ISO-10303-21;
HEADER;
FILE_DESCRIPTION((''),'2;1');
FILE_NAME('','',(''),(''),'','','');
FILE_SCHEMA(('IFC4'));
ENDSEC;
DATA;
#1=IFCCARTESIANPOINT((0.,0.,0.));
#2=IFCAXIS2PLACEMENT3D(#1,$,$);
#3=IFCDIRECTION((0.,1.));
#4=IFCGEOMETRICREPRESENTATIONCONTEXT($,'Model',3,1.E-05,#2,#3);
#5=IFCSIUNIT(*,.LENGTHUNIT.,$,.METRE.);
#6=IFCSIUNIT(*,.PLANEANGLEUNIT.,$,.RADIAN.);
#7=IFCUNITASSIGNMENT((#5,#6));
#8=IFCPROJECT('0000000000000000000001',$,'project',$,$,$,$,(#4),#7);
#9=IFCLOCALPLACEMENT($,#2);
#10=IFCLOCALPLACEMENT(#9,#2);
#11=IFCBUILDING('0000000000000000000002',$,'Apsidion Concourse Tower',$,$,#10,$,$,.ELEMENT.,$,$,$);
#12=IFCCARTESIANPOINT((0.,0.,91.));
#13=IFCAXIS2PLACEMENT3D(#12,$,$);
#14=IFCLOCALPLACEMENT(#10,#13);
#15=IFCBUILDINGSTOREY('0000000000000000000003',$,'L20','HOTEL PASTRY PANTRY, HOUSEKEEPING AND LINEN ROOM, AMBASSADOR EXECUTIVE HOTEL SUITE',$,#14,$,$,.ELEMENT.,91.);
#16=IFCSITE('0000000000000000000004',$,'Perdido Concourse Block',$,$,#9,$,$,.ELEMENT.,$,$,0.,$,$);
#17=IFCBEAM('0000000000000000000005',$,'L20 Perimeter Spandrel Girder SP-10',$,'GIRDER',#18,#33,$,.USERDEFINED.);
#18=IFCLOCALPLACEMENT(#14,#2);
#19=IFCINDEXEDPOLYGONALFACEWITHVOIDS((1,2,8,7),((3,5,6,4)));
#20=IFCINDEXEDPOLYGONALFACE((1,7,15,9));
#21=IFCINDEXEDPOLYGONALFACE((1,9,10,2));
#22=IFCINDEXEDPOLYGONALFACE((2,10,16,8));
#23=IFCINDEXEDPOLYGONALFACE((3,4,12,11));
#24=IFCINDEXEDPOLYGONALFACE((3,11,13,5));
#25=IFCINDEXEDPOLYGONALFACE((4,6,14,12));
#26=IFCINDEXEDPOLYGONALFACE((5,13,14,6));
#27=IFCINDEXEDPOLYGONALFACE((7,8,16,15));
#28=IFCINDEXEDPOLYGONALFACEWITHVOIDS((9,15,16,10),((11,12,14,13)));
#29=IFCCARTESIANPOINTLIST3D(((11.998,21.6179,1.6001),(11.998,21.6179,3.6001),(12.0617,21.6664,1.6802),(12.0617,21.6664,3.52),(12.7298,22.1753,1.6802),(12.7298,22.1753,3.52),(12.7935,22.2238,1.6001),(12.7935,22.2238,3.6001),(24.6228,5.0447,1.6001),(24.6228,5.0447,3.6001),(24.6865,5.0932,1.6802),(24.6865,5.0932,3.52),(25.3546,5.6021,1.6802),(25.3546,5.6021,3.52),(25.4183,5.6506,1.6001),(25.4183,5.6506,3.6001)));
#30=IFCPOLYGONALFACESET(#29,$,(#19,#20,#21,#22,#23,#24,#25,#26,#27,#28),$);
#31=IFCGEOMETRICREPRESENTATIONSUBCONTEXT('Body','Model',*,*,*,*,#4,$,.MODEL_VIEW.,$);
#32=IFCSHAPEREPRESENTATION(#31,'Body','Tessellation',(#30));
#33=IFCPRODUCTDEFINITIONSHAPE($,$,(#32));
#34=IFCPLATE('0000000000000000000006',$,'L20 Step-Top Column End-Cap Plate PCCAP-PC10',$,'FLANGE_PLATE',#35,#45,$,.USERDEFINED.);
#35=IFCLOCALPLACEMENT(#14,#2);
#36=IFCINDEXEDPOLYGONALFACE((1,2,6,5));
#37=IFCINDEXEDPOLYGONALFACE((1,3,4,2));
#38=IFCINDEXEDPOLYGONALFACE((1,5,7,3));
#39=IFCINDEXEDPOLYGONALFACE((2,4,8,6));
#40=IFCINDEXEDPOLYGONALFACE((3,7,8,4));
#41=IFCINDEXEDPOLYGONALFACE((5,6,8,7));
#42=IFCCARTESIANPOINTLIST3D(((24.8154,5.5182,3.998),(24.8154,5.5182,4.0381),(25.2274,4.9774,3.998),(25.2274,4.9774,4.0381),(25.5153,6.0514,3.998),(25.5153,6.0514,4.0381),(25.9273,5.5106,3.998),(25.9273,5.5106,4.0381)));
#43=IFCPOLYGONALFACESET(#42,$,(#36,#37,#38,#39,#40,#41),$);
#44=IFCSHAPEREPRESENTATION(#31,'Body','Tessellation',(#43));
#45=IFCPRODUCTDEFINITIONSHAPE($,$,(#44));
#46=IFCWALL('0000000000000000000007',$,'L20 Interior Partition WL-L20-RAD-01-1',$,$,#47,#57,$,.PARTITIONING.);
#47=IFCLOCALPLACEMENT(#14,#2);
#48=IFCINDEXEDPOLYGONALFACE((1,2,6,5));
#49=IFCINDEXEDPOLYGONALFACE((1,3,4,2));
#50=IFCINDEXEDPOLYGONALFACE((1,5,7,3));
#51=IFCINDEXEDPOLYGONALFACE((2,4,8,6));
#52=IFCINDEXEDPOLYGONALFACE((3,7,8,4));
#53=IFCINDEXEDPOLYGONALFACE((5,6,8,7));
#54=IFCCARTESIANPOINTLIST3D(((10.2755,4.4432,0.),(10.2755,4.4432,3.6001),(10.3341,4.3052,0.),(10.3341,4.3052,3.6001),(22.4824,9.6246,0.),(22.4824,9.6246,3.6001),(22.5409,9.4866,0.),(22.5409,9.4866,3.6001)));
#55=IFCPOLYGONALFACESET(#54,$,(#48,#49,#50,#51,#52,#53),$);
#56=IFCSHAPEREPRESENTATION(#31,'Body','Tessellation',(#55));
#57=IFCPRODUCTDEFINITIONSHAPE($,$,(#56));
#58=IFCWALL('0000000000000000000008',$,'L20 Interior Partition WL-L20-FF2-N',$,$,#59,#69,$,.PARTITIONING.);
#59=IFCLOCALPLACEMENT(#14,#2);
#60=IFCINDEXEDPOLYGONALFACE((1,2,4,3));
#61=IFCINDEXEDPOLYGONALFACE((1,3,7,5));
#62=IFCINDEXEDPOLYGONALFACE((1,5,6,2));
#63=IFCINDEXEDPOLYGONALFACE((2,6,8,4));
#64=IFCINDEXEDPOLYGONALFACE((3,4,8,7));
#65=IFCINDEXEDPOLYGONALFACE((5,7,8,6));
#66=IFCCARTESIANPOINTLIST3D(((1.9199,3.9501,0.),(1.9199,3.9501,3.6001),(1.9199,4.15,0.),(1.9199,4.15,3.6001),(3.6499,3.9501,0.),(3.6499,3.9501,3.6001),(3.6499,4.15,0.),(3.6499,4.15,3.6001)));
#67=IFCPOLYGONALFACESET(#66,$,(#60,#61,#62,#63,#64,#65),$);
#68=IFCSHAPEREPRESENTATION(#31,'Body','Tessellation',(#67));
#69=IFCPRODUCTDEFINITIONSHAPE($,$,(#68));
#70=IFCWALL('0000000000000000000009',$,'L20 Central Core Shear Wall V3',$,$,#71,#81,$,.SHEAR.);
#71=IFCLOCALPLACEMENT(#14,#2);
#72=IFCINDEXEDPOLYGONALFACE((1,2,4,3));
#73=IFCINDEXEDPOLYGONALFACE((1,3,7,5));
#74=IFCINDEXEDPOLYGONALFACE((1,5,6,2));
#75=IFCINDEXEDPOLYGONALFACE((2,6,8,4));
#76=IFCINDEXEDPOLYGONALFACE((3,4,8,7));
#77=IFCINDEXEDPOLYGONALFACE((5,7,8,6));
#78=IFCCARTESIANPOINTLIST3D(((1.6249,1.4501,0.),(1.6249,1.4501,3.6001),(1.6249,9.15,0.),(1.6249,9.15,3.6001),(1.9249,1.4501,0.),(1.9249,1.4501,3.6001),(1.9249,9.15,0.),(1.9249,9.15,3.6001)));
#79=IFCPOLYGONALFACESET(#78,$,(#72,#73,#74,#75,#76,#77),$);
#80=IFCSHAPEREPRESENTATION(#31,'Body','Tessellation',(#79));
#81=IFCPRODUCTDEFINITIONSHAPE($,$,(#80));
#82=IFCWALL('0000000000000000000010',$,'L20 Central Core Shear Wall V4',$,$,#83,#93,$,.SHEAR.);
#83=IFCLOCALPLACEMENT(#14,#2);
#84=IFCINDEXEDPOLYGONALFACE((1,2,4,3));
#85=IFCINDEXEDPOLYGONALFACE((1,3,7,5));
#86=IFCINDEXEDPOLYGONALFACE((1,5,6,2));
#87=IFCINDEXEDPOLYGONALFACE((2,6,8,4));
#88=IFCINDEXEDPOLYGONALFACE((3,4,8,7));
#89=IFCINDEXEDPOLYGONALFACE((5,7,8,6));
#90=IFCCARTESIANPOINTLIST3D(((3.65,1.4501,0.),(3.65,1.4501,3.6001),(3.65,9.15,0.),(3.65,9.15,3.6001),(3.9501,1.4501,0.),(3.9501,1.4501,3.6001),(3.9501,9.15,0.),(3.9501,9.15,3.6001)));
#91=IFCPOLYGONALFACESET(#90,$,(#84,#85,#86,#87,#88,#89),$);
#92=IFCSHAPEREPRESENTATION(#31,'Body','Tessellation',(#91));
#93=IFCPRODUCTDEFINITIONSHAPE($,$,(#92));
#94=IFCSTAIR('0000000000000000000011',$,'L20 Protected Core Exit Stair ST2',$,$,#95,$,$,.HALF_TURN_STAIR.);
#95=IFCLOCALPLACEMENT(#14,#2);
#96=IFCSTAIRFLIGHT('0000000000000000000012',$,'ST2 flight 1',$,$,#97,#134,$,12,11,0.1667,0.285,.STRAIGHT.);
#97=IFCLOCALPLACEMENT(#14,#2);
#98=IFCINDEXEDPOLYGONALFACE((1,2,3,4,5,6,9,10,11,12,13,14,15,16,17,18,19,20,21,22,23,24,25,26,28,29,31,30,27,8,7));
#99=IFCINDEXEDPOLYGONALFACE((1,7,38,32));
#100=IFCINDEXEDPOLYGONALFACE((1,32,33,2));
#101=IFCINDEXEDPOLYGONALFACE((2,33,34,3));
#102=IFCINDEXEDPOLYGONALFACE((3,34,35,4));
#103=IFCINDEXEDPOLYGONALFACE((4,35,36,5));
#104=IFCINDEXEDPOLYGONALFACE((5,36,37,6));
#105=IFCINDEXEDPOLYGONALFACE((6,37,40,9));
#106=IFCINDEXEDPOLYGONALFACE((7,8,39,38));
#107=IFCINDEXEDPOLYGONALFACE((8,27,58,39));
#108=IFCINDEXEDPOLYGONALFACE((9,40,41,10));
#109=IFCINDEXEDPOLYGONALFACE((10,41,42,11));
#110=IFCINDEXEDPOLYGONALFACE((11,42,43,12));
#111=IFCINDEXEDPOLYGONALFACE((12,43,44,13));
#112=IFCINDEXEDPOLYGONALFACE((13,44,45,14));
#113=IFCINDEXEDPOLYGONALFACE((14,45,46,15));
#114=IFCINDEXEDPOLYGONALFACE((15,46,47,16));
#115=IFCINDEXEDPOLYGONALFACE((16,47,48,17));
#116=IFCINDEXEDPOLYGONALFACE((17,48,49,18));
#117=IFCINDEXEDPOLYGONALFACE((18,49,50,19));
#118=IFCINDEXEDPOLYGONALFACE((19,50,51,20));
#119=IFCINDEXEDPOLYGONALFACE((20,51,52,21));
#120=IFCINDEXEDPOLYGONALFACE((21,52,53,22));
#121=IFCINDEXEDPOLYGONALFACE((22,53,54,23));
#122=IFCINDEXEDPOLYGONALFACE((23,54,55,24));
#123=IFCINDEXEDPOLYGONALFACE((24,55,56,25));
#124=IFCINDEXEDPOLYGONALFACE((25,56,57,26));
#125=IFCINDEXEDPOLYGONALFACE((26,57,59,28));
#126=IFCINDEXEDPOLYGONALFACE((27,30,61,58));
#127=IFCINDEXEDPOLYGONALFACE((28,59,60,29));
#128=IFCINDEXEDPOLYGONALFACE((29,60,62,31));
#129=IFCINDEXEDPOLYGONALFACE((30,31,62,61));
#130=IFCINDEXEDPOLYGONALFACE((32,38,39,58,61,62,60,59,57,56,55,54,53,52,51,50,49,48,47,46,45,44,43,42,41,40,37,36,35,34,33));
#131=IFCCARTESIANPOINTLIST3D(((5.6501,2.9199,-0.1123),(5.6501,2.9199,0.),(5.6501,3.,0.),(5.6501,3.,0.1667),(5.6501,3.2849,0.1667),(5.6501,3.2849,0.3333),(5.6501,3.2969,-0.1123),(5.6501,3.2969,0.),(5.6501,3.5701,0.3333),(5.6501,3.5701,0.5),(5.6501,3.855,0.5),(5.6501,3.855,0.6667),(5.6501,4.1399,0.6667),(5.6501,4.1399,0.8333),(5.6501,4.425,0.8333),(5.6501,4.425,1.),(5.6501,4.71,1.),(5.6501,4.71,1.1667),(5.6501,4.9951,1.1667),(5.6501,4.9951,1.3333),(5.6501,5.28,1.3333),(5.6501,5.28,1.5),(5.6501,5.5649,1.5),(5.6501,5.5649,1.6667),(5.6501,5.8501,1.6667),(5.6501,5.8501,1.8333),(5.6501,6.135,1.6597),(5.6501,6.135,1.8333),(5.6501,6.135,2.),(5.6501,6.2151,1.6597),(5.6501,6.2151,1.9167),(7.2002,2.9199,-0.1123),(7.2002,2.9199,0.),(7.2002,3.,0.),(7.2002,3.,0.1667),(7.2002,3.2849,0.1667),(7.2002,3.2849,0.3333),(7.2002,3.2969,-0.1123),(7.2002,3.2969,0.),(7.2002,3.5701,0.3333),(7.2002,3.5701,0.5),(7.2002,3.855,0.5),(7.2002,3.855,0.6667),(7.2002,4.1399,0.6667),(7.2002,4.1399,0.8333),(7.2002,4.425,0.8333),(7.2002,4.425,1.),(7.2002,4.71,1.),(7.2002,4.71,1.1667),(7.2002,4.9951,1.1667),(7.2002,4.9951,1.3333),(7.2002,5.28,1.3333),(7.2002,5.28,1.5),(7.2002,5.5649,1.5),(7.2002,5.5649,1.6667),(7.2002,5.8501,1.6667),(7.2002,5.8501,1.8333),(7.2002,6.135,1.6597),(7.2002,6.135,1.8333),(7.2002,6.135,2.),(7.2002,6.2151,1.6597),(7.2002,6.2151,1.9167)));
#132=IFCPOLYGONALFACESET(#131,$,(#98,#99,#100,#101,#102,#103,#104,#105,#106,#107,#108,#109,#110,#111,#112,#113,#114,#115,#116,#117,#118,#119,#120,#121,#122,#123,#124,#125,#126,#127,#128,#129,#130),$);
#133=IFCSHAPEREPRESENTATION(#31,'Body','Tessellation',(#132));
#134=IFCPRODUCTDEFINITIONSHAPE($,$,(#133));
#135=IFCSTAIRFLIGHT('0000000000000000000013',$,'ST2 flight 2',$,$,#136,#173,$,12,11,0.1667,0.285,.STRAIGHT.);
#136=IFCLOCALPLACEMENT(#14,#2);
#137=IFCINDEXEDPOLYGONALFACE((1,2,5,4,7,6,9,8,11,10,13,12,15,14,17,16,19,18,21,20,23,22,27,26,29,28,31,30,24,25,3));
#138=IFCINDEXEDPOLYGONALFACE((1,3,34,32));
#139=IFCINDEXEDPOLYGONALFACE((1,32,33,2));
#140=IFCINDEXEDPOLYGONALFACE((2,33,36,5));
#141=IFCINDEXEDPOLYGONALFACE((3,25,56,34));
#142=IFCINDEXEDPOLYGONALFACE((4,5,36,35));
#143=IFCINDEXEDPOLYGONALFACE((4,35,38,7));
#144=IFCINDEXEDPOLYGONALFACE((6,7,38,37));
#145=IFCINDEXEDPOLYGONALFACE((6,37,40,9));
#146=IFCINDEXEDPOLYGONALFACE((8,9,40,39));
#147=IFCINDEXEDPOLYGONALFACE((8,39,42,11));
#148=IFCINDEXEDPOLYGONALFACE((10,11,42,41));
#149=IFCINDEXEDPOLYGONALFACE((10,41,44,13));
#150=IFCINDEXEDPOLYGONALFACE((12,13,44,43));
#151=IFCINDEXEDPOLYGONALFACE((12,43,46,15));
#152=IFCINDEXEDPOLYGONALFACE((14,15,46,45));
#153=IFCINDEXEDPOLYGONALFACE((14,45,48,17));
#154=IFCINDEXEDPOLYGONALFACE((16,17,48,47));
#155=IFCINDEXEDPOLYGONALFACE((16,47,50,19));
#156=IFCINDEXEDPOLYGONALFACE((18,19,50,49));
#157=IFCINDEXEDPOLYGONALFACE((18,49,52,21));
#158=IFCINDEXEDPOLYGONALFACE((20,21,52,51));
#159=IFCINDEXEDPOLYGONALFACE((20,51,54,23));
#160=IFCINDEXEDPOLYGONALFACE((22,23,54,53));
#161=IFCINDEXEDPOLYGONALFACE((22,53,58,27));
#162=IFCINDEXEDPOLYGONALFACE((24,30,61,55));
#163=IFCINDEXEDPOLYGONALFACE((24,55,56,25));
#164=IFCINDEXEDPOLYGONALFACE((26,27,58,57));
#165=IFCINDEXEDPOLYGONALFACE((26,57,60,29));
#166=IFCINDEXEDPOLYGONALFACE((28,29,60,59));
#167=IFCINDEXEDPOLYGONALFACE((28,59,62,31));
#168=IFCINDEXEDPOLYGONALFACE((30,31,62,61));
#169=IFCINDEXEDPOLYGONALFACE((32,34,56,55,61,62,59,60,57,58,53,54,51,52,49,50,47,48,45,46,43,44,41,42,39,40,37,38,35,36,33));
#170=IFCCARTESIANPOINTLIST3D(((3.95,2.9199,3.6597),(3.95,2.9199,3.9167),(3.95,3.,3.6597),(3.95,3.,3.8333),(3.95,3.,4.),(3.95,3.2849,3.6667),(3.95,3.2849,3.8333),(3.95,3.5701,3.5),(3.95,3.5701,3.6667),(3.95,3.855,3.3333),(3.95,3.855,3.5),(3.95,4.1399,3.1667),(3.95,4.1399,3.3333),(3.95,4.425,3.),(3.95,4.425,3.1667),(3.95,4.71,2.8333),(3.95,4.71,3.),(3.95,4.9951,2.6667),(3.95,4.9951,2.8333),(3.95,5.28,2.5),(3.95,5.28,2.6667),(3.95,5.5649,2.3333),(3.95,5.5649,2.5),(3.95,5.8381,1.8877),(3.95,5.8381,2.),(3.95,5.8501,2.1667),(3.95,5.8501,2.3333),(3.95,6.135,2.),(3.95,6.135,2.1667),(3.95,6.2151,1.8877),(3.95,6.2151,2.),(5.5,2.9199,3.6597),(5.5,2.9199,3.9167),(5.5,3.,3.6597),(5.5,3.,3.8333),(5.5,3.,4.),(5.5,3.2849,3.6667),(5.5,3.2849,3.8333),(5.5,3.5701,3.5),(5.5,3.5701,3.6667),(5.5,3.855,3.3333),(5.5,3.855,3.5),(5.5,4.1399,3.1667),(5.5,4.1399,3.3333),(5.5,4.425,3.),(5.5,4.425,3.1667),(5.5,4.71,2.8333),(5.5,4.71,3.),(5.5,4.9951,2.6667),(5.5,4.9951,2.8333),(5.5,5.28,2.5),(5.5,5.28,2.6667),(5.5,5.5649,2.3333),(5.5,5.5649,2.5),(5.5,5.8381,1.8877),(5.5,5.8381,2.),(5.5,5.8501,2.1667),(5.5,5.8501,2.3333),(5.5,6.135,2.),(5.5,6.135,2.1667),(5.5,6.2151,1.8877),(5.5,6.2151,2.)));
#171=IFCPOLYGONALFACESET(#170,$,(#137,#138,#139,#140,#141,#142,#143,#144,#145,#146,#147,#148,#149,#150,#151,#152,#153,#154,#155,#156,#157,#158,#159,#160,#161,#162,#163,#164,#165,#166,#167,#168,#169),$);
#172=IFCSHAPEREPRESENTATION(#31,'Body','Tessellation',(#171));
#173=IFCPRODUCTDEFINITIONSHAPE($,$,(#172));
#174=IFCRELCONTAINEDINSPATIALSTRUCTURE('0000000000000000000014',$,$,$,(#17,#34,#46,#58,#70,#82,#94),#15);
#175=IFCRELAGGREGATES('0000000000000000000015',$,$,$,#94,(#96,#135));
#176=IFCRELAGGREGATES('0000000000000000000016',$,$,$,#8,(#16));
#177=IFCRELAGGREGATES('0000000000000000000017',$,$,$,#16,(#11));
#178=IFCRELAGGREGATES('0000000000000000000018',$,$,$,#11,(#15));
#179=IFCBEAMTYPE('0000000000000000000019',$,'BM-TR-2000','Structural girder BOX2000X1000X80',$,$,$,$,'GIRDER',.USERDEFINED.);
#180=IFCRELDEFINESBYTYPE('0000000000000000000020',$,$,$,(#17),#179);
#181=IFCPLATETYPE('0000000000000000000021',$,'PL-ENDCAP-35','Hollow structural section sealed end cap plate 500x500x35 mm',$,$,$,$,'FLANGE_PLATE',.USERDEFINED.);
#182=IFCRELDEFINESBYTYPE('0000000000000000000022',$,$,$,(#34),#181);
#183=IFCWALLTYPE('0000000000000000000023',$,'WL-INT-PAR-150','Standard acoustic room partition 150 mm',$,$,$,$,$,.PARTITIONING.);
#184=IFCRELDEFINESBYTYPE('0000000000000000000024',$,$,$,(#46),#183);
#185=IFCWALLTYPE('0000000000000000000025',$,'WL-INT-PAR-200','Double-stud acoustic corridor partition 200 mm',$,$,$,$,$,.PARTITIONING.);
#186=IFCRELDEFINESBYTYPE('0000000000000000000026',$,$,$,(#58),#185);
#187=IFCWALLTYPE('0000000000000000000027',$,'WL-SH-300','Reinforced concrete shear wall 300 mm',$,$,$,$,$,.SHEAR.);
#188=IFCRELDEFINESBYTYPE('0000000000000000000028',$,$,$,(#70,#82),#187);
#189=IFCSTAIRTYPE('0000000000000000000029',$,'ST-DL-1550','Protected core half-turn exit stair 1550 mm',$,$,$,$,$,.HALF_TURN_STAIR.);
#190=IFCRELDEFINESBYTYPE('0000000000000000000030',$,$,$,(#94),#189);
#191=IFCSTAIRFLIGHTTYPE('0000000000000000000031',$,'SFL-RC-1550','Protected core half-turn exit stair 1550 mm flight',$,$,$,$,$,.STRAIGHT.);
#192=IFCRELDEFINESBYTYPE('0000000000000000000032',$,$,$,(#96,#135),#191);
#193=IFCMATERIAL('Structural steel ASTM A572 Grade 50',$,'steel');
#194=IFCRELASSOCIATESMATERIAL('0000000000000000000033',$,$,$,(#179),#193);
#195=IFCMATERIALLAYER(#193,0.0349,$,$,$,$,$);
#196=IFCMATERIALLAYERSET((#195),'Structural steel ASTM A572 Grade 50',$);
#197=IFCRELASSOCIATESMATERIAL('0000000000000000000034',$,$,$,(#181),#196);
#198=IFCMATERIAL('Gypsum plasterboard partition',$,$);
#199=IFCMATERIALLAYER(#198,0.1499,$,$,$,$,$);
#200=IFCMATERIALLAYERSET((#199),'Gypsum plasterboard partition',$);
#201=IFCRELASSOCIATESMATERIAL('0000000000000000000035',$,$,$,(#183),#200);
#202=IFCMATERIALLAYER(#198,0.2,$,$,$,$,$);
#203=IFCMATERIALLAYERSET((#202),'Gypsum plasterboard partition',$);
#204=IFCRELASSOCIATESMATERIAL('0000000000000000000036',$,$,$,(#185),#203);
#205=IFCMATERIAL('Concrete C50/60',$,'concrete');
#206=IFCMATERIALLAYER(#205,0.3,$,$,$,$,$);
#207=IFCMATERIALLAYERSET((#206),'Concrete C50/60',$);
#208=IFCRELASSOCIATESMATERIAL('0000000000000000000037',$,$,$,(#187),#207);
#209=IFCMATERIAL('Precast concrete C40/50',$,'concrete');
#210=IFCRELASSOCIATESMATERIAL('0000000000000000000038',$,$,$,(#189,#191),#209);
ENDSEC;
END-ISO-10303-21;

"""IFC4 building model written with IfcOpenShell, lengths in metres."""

from ifc_helpers import new_model, si_unit, direction, frame, frame_2d, origin, origin_2d, place, context, subcontext, project, spatial, polyline, rectangle, hollow_rectangle, outline, extrude, material, layer, layer_set, material_profile, profile_set, type_object, element, aggregate, save


model = new_model("IFC4")

# Units and contexts
model_context = context("Model", 3, precision=1e-05, world=origin(), true_north=direction((0.0, 1.0)))
body_context = subcontext(model_context, "Body", "Model", "MODEL_VIEW")
ifc_project = project(units=[si_unit("LENGTHUNIT", "METRE"), si_unit("PLANEANGLEUNIT", "RADIAN")], contexts=[model_context])

# Site, building, storey
site_placement = place(None, origin())
site = spatial("IfcSite", under=ifc_project, at=site_placement, Name="Perdido Concourse Block", CompositionType="ELEMENT", RefElevation=0.0)
building_placement = place(site_placement, origin())
building = spatial("IfcBuilding", under=site, at=building_placement, Name="Apsidion Concourse Tower", CompositionType="ELEMENT")
storey_placement = place(building_placement, frame((0.0, 0.0, 91.0)))
storey = spatial("IfcBuildingStorey", under=building, at=storey_placement, Name="L20", Description="HOTEL PASTRY PANTRY, HOUSEKEEPING AND LINEN ROOM, AMBASSADOR EXECUTIVE HOTEL SUITE", CompositionType="ELEMENT", Elevation=91.0)

# Shared definitions
ifc_material_1 = material(Name="Structural steel ASTM A572 Grade 50", Category="steel")
ifc_material_2 = material(Name="Concrete C50/60", Category="concrete")

# Beam
ifc_material_profile_1 = material_profile(ifc_material_1, hollow_rectangle(XDim=1.0, YDim=2.0, WallThickness=0.0801, at=origin_2d()), Name="BOX2000X1000X80")
ifc_profile_set_1 = profile_set([ifc_material_profile_1], Name="Structural steel ASTM A572 Grade 50")
beam_type_1 = type_object("IfcBeamType", Name="BM-TR-2000", Description="Structural girder BOX2000X1000X80", ElementType="GIRDER", PredefinedType="USERDEFINED", material=ifc_profile_set_1)
beam_1_placement = place(storey_placement, frame((25.0205, 5.3477, 2.6001), z_axis=(-0.605968, 0.795489, 0.0), x_axis=(-0.795489, -0.605968, 0.0)))
element("IfcBeam", 1, at=beam_1_placement, inside=storey, type_object=beam_type_1, Name="L20 Perimeter Spandrel Girder SP-10", ObjectType="GIRDER", PredefinedType="USERDEFINED", context=body_context, shape_type="SweptSolid", body=[
    extrude(hollow_rectangle(XDim=1.0, YDim=2.0, WallThickness=0.0801, at=origin_2d()), origin(), (0.0, 0.0, 1.0), 20.834),
])

# Plate
ifc_layer_1 = layer(ifc_material_1, 0.0349)
ifc_layer_set_1 = layer_set([ifc_layer_1], Name="Structural steel ASTM A572 Grade 50")
plate_type = type_object("IfcPlateType", Name="PL-ENDCAP-35", Description="Hollow structural section sealed end cap plate 500x500x35 mm", ElementType="FLANGE_PLATE", PredefinedType="USERDEFINED", material=ifc_layer_set_1)
plate_placement = place(storey_placement, frame((25.3713, 5.5144, 3.998), z_axis=(0.0, 0.0, 1.0), x_axis=(-0.605988, 0.795473, 0.0)))
element("IfcPlate", 2, at=plate_placement, inside=storey, type_object=plate_type, Name="L20 Step-Top Column End-Cap Plate PCCAP-PC10", ObjectType="FLANGE_PLATE", PredefinedType="USERDEFINED", context=body_context, shape_type="SweptSolid", body=[
    extrude(rectangle(XDim=0.6799, YDim=0.8799, at=origin_2d()), origin(), (0.0, 0.0, 1.0), 0.04),
])

# Walls
ifc_material_3 = material(Name="Gypsum plasterboard partition")
ifc_layer_2 = layer(ifc_material_3, 0.1499)
ifc_layer_set_2 = layer_set([ifc_layer_2], Name="Gypsum plasterboard partition")
wall_type_1 = type_object("IfcWallType", Name="WL-INT-PAR-150", Description="Standard acoustic room partition 150 mm", PredefinedType="PARTITIONING", material=ifc_layer_set_2)
wall_1_placement = place(storey_placement, frame((10.3049, 4.3743, 0.0), z_axis=(0.0, 0.0, 1.0), x_axis=(0.920507, 0.390726, 0.0)))
element("IfcWall", 3, at=wall_1_placement, inside=storey, type_object=wall_type_1, Name="L20 Interior Partition WL-L20-RAD-01-1", PredefinedType="PARTITIONING", context=body_context, shape_type="SweptSolid", body=[
    extrude(rectangle(XDim=13.261, YDim=0.1499, at=frame_2d((6.6304, 0.0))), origin(), (0.0, 0.0, 1.0), 3.6001),
])
ifc_layer_3 = layer(ifc_material_3, 0.2)
ifc_layer_set_3 = layer_set([ifc_layer_3], Name="Gypsum plasterboard partition")
wall_type_2 = type_object("IfcWallType", Name="WL-INT-PAR-200", Description="Double-stud acoustic corridor partition 200 mm", PredefinedType="PARTITIONING", material=ifc_layer_set_3)
wall_2_placement = place(storey_placement, frame((1.9199, 4.05, 0.0), z_axis=(0.0, 0.0, 1.0), x_axis=(1.0, 0.0, 0.0)))
element("IfcWall", 4, at=wall_2_placement, inside=storey, type_object=wall_type_2, Name="L20 Interior Partition WL-L20-FF2-N", PredefinedType="PARTITIONING", context=body_context, shape_type="SweptSolid", body=[
    extrude(rectangle(XDim=1.73, YDim=0.2, at=frame_2d((0.865, 0.0))), origin(), (0.0, 0.0, 1.0), 3.6001),
])
ifc_layer_4 = layer(ifc_material_2, 0.3)
ifc_layer_set_4 = layer_set([ifc_layer_4], Name="Concrete C50/60")
wall_type_3 = type_object("IfcWallType", Name="WL-SH-300", Description="Reinforced concrete shear wall 300 mm", PredefinedType="SHEAR", material=ifc_layer_set_4)
for number, where, z_axis, x_axis, name in (
    (5, (1.7749, 1.45, 0.0), (0.0, 0.0, 1.0), (0.0, 1.0, 0.0), "L20 Central Core Shear Wall V3"),
    (6, (3.8, 1.45, 0.0), (0.0, 0.0, 1.0), (0.0, 1.0, 0.0), "L20 Central Core Shear Wall V4"),
):
    element("IfcWall", number, at=place(storey_placement, frame(where, z_axis=z_axis, x_axis=x_axis)), inside=storey, type_object=wall_type_3, Name=name, PredefinedType="SHEAR", context=body_context, shape_type="SweptSolid", body=[
        extrude(rectangle(XDim=7.7, YDim=0.3, at=frame_2d((3.8501, 0.0))), origin(), (0.0, 0.0, 1.0), 3.6001),
    ])

# Stair, stair flights
ifc_material_4 = material(Name="Precast concrete C40/50", Category="concrete")
stair_type = type_object("IfcStairType", Name="ST-DL-1550", Description="Protected core half-turn exit stair 1550 mm", PredefinedType="HALF_TURN_STAIR", material=ifc_material_4)
stair_1_placement = place(storey_placement, origin())
stair_1 = element("IfcStair", 7, at=stair_1_placement, inside=storey, type_object=stair_type, Name="L20 Protected Core Exit Stair ST2", PredefinedType="HALF_TURN_STAIR")
stair_flight_type = type_object("IfcStairFlightType", Name="SFL-RC-1550", Description="Protected core half-turn exit stair 1550 mm flight", PredefinedType="STRAIGHT", material=ifc_material_4)
stair_flight_1_placement = place(storey_placement, frame((6.425, 3.0, 0.0), z_axis=(0.0, 0.0, 1.0), x_axis=(0.0, 1.0, 0.0)))
stair_flight_1 = element("IfcStairFlight", 8, at=stair_flight_1_placement, type_object=stair_flight_type, Name="ST2 flight 1", NumberOfRisers=12, NumberOfTreads=11, PredefinedType="STRAIGHT", RiserHeight=0.1667, TreadLength=0.285, context=body_context, shape_type="SweptSolid", body=[
    extrude(outline(polyline([(-0.0801, -0.1123), (-0.0801, 0.0), (0.0, 0.0), (0.0, 0.1667), (0.2849, 0.1667), (0.2849, 0.3333), (0.5701, 0.3333), (0.5701, 0.5), (0.855, 0.5), (0.855, 0.6667), (1.1399, 0.6667), (1.1399, 0.8333), (1.425, 0.8333), (1.425, 1.0), (1.71, 1.0), (1.71, 1.1667), (1.9951, 1.1667), (1.9951, 1.3333), (2.28, 1.3333), (2.28, 1.5), (2.5649, 1.5), (2.5649, 1.6667), (2.8501, 1.6667), (2.8501, 1.8333), (3.135, 1.8333), (3.135, 2.0), (3.2151, 1.9167), (3.2151, 1.6597), (3.135, 1.6597), (0.2969, 0.0), (0.2969, -0.1123), (-0.0801, -0.1123)])), frame((0.0, 0.7749, 0.0), z_axis=(0.0, -1.0, 0.0), x_axis=(1.0, 0.0, 0.0)), (0.0, 0.0, 1.0), 1.55),
])
stair_flight_2_placement = place(storey_placement, frame((4.7251, 6.135, 2.0), z_axis=(0.0, 0.0, 1.0), x_axis=(0.0, -1.0, 0.0)))
stair_flight_2 = element("IfcStairFlight", 9, at=stair_flight_2_placement, type_object=stair_flight_type, Name="ST2 flight 2", NumberOfRisers=12, NumberOfTreads=11, PredefinedType="STRAIGHT", RiserHeight=0.1667, TreadLength=0.285, context=body_context, shape_type="SweptSolid", body=[
    extrude(outline(polyline([(-0.0801, -0.1123), (-0.0801, 0.0), (0.0, 0.0), (0.0, 0.1667), (0.2849, 0.1667), (0.2849, 0.3333), (0.5701, 0.3333), (0.5701, 0.5), (0.855, 0.5), (0.855, 0.6667), (1.1399, 0.6667), (1.1399, 0.8333), (1.425, 0.8333), (1.425, 1.0), (1.71, 1.0), (1.71, 1.1667), (1.9951, 1.1667), (1.9951, 1.3333), (2.28, 1.3333), (2.28, 1.5), (2.5649, 1.5), (2.5649, 1.6667), (2.8501, 1.6667), (2.8501, 1.8333), (3.135, 1.8333), (3.135, 2.0), (3.2151, 1.9167), (3.2151, 1.6597), (3.135, 1.6597), (0.2969, 0.0), (0.2969, -0.1123), (-0.0801, -0.1123)])), frame((0.0, 0.7749, 0.0), z_axis=(0.0, -1.0, 0.0), x_axis=(1.0, 0.0, 0.0)), (0.0, 0.0, 1.0), 1.55),
])
aggregate(stair_1, [stair_flight_1, stair_flight_2])

save(model, "model.ifc")
